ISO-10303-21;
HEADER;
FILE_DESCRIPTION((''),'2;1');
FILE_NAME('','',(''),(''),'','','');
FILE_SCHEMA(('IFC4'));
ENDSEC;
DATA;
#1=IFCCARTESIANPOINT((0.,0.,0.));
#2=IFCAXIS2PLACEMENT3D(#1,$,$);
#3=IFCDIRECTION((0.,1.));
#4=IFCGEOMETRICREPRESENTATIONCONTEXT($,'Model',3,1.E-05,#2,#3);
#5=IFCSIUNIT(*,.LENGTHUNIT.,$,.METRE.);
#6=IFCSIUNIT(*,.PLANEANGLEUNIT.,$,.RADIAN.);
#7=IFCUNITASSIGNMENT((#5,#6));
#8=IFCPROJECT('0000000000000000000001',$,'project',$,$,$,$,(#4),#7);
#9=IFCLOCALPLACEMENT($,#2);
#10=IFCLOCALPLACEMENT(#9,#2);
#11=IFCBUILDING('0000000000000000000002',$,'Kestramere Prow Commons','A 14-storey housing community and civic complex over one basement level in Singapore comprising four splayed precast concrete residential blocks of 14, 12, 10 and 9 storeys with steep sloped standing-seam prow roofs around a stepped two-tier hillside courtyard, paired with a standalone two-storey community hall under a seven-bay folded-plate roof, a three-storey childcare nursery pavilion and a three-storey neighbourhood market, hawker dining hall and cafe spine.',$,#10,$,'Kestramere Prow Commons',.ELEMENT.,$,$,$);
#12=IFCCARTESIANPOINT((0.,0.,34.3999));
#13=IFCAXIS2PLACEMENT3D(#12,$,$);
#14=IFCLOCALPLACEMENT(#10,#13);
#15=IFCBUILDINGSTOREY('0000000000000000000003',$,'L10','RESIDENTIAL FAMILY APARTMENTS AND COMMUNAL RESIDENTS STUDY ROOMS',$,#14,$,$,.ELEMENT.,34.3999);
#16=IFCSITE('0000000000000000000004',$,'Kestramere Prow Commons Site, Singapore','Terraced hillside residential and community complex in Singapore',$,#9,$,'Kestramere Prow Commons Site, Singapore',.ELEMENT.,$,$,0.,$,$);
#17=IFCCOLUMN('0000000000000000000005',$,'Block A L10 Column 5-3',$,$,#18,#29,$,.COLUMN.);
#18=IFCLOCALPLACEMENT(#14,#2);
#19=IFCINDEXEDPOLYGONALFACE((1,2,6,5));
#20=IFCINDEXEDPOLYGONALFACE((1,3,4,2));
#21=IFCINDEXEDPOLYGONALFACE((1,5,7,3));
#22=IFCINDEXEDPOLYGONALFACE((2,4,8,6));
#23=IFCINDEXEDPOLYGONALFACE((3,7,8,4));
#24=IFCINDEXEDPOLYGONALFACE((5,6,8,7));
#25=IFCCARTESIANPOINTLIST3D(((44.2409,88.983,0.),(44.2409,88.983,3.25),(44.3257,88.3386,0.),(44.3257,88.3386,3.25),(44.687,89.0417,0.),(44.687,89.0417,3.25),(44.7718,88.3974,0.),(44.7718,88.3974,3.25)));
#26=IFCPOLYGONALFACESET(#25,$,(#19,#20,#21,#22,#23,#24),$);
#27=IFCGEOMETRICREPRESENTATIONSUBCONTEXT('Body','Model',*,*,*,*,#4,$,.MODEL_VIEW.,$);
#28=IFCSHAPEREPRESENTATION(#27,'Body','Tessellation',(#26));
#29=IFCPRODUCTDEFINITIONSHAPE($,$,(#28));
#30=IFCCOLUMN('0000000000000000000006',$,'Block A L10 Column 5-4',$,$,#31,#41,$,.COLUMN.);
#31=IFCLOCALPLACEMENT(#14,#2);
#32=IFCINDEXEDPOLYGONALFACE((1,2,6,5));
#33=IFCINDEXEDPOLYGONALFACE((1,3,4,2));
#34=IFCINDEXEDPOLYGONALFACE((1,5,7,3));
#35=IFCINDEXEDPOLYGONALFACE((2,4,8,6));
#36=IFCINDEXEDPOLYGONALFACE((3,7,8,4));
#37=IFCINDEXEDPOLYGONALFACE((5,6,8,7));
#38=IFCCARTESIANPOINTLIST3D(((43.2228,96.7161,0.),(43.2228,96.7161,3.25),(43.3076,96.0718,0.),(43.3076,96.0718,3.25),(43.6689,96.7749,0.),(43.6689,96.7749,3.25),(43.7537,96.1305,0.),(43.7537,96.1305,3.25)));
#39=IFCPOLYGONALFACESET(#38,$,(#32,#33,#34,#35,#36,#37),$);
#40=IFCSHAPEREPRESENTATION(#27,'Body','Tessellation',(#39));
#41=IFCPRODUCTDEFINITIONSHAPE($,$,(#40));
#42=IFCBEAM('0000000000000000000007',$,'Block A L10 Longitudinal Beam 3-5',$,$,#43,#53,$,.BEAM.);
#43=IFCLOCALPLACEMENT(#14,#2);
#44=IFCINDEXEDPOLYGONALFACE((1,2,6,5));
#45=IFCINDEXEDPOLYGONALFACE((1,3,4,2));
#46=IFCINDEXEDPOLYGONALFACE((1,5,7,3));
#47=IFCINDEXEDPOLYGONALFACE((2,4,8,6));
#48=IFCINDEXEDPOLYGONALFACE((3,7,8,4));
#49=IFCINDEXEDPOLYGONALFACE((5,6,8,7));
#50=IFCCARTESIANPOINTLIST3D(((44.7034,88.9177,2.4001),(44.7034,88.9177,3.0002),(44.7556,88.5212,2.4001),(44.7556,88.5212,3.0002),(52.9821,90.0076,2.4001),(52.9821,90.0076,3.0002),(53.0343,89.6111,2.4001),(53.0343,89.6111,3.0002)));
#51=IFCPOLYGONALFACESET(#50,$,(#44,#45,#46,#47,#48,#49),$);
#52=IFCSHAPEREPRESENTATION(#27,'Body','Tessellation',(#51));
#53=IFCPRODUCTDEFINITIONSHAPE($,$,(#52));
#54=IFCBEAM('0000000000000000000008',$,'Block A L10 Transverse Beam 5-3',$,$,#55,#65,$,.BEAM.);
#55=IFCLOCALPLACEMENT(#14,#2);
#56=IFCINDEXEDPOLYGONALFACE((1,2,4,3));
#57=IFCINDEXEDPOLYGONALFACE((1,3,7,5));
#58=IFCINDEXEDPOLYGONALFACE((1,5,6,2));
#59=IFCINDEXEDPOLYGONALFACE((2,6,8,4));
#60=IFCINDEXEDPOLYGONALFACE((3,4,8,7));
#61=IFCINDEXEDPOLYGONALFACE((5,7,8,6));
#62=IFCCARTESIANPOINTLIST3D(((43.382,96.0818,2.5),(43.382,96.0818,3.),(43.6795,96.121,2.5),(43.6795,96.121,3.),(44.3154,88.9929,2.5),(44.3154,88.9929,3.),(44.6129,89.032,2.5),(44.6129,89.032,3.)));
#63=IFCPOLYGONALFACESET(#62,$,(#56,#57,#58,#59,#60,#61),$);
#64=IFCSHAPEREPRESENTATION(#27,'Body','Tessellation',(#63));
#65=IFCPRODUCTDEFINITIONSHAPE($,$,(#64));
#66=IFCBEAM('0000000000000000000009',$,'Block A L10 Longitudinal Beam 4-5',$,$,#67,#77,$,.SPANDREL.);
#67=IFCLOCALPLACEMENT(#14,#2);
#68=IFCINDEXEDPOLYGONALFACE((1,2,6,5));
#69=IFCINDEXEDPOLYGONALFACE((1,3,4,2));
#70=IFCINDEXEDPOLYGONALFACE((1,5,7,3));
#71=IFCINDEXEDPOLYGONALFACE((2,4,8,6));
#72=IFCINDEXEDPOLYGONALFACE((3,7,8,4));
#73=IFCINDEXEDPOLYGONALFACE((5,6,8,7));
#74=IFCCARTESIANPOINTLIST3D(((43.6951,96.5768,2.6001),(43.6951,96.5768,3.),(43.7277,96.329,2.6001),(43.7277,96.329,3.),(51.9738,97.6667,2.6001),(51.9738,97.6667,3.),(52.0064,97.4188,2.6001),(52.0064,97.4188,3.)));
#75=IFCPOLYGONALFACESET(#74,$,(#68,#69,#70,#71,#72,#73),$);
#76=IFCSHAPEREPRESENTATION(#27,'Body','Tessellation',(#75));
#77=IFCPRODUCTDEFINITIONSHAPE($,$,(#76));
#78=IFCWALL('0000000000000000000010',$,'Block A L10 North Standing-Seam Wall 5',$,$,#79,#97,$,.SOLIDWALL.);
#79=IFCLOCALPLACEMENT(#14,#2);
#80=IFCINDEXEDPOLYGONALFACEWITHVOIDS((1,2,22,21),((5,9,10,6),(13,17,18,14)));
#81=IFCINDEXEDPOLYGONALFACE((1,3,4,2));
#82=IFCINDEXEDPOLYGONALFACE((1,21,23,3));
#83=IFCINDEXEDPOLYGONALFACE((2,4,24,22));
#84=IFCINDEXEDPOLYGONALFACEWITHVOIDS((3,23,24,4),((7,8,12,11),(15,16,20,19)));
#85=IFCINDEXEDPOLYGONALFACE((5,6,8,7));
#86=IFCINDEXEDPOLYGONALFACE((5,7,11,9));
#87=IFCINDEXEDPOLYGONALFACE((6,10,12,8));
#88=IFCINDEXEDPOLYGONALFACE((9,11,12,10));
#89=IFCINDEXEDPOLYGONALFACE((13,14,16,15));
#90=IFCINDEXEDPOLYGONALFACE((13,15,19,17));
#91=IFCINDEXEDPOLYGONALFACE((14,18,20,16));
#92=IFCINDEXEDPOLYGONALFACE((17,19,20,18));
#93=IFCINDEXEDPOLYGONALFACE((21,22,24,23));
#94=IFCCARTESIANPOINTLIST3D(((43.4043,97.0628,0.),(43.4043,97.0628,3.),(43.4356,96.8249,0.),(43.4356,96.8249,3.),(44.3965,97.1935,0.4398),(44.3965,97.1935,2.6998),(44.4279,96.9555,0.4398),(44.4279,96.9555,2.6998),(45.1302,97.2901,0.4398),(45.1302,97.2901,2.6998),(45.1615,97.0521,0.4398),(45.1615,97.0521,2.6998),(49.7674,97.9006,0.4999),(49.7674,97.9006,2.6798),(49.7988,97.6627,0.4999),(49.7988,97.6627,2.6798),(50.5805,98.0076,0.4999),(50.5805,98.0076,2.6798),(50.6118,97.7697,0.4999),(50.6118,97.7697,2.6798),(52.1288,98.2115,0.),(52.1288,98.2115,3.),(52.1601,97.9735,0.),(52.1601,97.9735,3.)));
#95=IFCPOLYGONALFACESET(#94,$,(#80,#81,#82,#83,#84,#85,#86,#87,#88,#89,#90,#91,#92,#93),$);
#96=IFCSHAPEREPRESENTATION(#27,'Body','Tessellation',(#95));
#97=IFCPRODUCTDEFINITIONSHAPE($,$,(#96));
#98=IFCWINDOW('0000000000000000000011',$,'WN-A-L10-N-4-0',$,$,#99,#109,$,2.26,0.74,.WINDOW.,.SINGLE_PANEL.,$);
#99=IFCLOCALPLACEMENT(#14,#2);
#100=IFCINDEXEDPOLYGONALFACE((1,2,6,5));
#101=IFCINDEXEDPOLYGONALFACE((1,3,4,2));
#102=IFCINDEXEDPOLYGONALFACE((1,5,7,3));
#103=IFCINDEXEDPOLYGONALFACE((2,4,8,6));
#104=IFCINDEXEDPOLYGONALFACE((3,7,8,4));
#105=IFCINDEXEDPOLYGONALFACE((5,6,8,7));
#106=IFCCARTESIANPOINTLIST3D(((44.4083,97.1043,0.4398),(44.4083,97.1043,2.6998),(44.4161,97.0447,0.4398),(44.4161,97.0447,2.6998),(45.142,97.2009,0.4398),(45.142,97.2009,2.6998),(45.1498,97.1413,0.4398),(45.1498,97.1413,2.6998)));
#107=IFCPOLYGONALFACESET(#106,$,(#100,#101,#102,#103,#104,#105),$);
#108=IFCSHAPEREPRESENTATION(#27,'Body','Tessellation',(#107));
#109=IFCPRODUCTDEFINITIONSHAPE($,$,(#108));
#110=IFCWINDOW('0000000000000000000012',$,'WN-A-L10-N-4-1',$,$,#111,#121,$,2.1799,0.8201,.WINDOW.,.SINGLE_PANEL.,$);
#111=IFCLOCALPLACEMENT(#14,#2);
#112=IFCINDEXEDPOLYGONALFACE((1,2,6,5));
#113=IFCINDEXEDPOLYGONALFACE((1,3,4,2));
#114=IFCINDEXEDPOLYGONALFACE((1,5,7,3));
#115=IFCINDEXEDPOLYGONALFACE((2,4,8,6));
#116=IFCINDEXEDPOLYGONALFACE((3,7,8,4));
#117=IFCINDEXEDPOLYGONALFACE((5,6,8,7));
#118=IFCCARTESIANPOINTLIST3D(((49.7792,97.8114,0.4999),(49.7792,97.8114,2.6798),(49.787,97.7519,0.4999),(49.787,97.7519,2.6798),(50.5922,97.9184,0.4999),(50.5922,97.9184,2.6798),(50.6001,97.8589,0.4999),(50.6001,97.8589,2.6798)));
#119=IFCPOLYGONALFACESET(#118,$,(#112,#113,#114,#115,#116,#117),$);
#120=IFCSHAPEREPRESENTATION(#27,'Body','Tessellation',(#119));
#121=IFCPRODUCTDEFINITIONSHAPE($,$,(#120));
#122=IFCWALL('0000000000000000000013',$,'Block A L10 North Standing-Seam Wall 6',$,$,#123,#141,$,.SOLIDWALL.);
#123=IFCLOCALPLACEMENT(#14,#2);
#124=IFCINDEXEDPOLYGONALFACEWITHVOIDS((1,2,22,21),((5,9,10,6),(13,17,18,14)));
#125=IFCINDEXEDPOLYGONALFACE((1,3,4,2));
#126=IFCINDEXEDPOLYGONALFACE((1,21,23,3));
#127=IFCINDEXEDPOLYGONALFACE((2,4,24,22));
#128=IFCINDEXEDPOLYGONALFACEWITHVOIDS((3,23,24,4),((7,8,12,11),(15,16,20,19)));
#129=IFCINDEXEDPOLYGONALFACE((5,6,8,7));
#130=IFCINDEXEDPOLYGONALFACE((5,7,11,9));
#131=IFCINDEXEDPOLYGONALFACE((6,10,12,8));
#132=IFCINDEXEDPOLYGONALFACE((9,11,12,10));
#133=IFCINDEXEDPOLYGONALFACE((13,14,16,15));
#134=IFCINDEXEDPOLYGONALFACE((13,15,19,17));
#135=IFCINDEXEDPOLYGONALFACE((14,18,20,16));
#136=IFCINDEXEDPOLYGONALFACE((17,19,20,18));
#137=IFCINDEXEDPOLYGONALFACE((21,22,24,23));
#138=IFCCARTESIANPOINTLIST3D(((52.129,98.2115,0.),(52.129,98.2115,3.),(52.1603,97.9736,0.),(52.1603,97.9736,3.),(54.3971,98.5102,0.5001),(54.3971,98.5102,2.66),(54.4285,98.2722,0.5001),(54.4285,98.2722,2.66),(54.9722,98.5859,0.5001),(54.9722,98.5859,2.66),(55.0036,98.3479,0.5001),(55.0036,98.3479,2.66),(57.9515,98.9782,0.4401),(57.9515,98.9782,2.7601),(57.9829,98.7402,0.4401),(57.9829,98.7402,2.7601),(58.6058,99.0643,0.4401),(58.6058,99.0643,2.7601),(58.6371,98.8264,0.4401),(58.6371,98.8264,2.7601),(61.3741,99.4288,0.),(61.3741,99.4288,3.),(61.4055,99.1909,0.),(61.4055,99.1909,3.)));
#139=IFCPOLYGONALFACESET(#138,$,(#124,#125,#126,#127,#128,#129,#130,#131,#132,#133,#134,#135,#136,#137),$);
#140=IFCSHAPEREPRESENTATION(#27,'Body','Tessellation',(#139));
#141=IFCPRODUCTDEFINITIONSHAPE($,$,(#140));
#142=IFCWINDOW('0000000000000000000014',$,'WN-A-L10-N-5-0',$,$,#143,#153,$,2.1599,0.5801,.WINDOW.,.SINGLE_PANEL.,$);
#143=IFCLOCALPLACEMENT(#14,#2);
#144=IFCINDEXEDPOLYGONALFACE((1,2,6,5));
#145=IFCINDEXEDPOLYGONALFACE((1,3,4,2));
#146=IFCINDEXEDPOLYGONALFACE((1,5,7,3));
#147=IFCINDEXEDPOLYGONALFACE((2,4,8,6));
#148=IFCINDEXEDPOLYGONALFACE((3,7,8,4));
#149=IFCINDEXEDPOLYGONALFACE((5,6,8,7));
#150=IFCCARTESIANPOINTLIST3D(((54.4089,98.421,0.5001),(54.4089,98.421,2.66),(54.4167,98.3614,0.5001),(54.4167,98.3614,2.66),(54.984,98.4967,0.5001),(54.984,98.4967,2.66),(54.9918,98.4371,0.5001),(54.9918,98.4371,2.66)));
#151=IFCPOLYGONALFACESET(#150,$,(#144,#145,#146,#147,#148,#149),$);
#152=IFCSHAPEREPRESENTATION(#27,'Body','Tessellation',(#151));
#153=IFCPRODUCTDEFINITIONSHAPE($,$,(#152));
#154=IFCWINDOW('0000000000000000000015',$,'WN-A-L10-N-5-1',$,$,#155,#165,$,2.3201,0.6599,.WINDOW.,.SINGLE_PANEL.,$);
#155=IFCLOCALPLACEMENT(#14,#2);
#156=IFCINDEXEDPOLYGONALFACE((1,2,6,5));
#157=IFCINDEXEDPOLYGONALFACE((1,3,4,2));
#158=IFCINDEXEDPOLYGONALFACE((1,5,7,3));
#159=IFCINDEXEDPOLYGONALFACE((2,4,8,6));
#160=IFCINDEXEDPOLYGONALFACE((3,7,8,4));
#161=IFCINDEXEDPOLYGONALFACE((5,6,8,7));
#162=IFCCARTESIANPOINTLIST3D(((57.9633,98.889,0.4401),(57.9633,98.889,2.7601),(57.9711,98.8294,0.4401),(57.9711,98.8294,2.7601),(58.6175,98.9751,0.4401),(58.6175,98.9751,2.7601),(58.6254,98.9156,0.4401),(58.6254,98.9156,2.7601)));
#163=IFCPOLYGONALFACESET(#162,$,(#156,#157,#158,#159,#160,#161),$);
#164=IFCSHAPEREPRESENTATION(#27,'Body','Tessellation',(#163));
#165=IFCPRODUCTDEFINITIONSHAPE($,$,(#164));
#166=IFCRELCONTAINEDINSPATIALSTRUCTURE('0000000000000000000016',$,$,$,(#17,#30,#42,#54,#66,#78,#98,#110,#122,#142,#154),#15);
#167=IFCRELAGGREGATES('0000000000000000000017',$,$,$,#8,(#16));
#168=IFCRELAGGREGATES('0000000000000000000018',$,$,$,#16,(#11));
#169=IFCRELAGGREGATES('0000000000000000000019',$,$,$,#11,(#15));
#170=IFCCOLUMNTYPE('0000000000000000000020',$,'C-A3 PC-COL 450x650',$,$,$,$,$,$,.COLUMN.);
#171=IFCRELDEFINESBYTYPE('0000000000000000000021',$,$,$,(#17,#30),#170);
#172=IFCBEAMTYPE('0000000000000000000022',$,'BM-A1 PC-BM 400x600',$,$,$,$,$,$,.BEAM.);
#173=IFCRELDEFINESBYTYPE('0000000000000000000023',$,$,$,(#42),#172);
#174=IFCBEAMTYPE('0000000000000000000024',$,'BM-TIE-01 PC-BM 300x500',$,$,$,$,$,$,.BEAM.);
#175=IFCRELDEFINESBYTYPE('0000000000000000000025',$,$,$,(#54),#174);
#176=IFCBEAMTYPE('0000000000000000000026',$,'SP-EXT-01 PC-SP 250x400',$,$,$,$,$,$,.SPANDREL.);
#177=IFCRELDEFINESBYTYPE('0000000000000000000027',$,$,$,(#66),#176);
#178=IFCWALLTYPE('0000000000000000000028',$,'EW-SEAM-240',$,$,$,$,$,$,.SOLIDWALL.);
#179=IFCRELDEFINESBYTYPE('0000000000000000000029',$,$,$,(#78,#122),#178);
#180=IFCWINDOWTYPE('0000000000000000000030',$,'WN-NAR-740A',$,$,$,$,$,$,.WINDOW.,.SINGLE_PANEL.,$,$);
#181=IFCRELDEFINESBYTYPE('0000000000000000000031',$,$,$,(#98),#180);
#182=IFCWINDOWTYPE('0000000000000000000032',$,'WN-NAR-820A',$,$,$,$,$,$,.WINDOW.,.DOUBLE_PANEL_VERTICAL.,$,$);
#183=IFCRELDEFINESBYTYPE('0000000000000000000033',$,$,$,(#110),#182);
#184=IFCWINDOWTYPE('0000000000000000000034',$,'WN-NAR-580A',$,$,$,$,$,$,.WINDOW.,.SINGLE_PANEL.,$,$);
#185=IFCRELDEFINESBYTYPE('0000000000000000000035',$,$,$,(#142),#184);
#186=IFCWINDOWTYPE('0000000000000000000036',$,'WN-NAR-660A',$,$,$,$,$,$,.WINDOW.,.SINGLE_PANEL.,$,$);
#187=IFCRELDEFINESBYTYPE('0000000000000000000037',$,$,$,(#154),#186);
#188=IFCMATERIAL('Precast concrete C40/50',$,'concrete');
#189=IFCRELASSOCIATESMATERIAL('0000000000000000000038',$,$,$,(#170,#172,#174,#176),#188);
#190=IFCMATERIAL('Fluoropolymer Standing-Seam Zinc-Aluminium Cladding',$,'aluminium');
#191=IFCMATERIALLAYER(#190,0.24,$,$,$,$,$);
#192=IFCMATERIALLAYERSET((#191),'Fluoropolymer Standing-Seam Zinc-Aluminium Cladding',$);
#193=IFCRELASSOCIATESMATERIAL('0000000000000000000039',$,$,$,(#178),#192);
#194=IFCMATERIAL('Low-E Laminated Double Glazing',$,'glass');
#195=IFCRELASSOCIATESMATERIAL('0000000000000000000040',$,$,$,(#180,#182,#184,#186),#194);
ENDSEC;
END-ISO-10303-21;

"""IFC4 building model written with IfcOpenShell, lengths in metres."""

from ifc_helpers import new_model, si_unit, direction, frame, frame_2d, origin, origin_2d, place, context, subcontext, project, spatial, rectangle, extrude, material, layer, layer_set, material_profile, profile_set, type_object, element, fill, save


model = new_model("IFC4")

# Units and contexts
model_context = context("Model", 3, precision=1e-05, world=origin(), true_north=direction((0.0, 1.0)))
body_context = subcontext(model_context, "Body", "Model", "MODEL_VIEW")
ifc_project = project(units=[si_unit("LENGTHUNIT", "METRE"), si_unit("PLANEANGLEUNIT", "RADIAN")], contexts=[model_context])

# Site, building, storey
site_placement = place(None, origin())
site = spatial("IfcSite", under=ifc_project, at=site_placement, Name="Kestramere Prow Commons Site, Singapore", Description="Terraced hillside residential and community complex in Singapore", LongName="Kestramere Prow Commons Site, Singapore", CompositionType="ELEMENT", RefElevation=0.0)
building_placement = place(site_placement, origin())
building = spatial("IfcBuilding", under=site, at=building_placement, Name="Kestramere Prow Commons", Description="A 14-storey housing community and civic complex over one basement level in Singapore comprising four splayed precast concrete residential blocks of 14, 12, 10 and 9 storeys with steep sloped standing-seam prow roofs around a stepped two-tier hillside courtyard, paired with a standalone two-storey community hall under a seven-bay folded-plate roof, a three-storey childcare nursery pavilion and a three-storey neighbourhood market, hawker dining hall and cafe spine.", LongName="Kestramere Prow Commons", CompositionType="ELEMENT")
storey_placement = place(building_placement, frame((0.0, 0.0, 34.3999)))
storey = spatial("IfcBuildingStorey", under=building, at=storey_placement, Name="L10", Description="RESIDENTIAL FAMILY APARTMENTS AND COMMUNAL RESIDENTS STUDY ROOMS", CompositionType="ELEMENT", Elevation=34.3999)

# Columns
ifc_material_1 = material(Name="Precast concrete C40/50", Category="concrete")
ifc_material_profile_1 = material_profile(ifc_material_1, rectangle(XDim=0.45, YDim=0.6499, at=origin_2d()), Name="PC-COL 450x650")
ifc_profile_set_1 = profile_set([ifc_material_profile_1], Name="Precast concrete C40/50")
column_type = type_object("IfcColumnType", Name="C-A3 PC-COL 450x650", PredefinedType="COLUMN", material=ifc_profile_set_1)
for number, where, z_axis, x_axis, name in (
    (1, (44.5063, 88.6902, 0.0), (0.0, 0.0, 1.0), (0.991445, 0.130526, 0.0), "Block A L10 Column 5-3"),
    (2, (43.4883, 96.4233, 0.0), (0.0, 0.0, 1.0), (0.991445, 0.130526, 0.0), "Block A L10 Column 5-4"),
):
    element("IfcColumn", number, at=place(storey_placement, frame(where, z_axis=z_axis, x_axis=x_axis)), inside=storey, type_object=column_type, Name=name, PredefinedType="COLUMN", context=body_context, shape_type="SweptSolid", body=[
        extrude(rectangle(XDim=0.45, YDim=0.6499, at=origin_2d()), origin(), (0.0, 0.0, 1.0), 3.25),
    ])

# Beams
ifc_material_profile_2 = material_profile(ifc_material_1, rectangle(XDim=0.3999, YDim=0.6001, at=origin_2d()), Name="PC-BM 400x600")
ifc_profile_set_2 = profile_set([ifc_material_profile_2], Name="Precast concrete C40/50")
beam_type_1 = type_object("IfcBeamType", Name="BM-A1 PC-BM 400x600", PredefinedType="BEAM", material=ifc_profile_set_2)
beam_1_placement = place(storey_placement, frame((44.7295, 88.7195, 2.7002), z_axis=(0.991446, 0.13052, 0.0), x_axis=(-0.13052, 0.991446, 0.0)))
element("IfcBeam", 3, at=beam_1_placement, inside=storey, type_object=beam_type_1, Name="Block A L10 Longitudinal Beam 3-5", PredefinedType="BEAM", context=body_context, shape_type="SweptSolid", body=[
    extrude(rectangle(XDim=0.3999, YDim=0.6001, at=origin_2d()), origin(), (0.0, 0.0, 1.0), 8.3501),
])
ifc_material_profile_3 = material_profile(ifc_material_1, rectangle(XDim=0.3, YDim=0.5, at=origin_2d()), Name="PC-BM 300x500")
ifc_profile_set_3 = profile_set([ifc_material_profile_3], Name="Precast concrete C40/50")
beam_type_2 = type_object("IfcBeamType", Name="BM-TIE-01 PC-BM 300x500", PredefinedType="BEAM", material=ifc_profile_set_3)
beam_2_placement = place(storey_placement, frame((44.4641, 89.0125, 2.75), z_axis=(-0.130538, 0.991443, 0.0), x_axis=(-0.991443, -0.130538, 0.0)))
element("IfcBeam", 4, at=beam_2_placement, inside=storey, type_object=beam_type_2, Name="Block A L10 Transverse Beam 5-3", PredefinedType="BEAM", context=body_context, shape_type="SweptSolid", body=[
    extrude(rectangle(XDim=0.3, YDim=0.5, at=origin_2d()), origin(), (0.0, 0.0, 1.0), 7.1501),
])
ifc_material_profile_4 = material_profile(ifc_material_1, rectangle(XDim=0.25, YDim=0.3999, at=origin_2d()), Name="PC-SP 250x400")
ifc_profile_set_4 = profile_set([ifc_material_profile_4], Name="Precast concrete C40/50")
beam_type_3 = type_object("IfcBeamType", Name="SP-EXT-01 PC-SP 250x400", PredefinedType="SPANDREL", material=ifc_profile_set_4)
beam_3_placement = place(storey_placement, frame((43.7114, 96.4529, 2.8), z_axis=(0.991446, 0.13052, 0.0), x_axis=(-0.13052, 0.991446, 0.0)))
element("IfcBeam", 5, at=beam_3_placement, inside=storey, type_object=beam_type_3, Name="Block A L10 Longitudinal Beam 4-5", PredefinedType="SPANDREL", context=body_context, shape_type="SweptSolid", body=[
    extrude(rectangle(XDim=0.25, YDim=0.3999, at=origin_2d()), origin(), (0.0, 0.0, 1.0), 8.3501),
])

# Walls, openings, windows
ifc_material_2 = material(Name="Fluoropolymer Standing-Seam Zinc-Aluminium Cladding", Category="aluminium")
ifc_layer_1 = layer(ifc_material_2, 0.24)
ifc_layer_set_1 = layer_set([ifc_layer_1], Name="Fluoropolymer Standing-Seam Zinc-Aluminium Cladding")
wall_type_1 = type_object("IfcWallType", Name="EW-SEAM-240", PredefinedType="SOLIDWALL", material=ifc_layer_set_1)
wall_1_placement = place(storey_placement, frame((43.4199, 96.9438, 0.0), z_axis=(0.0, 0.0, 1.0), x_axis=(0.991444, 0.130533, 0.0)))
wall_1 = element("IfcWall", 6, at=wall_1_placement, inside=storey, type_object=wall_type_1, Name="Block A L10 North Standing-Seam Wall 5", PredefinedType="SOLIDWALL", context=body_context, shape_type="SweptSolid", body=[
    extrude(rectangle(XDim=8.7998, YDim=0.24, at=frame_2d((4.3999, 0.0))), origin(), (0.0, 0.0, 1.0), 3.0),
])
opening_1_placement = place(wall_1_placement, frame((1.0007, 0.0, 0.4399)))
opening_1 = element("IfcOpeningElement", 7, at=opening_1_placement, cuts=wall_1, PredefinedType="OPENING", context=body_context, shape_type="SweptSolid", body=[
    extrude(rectangle(XDim=0.74, YDim=2.26, at=frame_2d((0.3701, 1.1299))), frame((0.0, 0.135, 0.0), z_axis=(0.0, -1.0, 0.0), x_axis=(1.0, 0.0, 0.0)), (0.0, 0.0, 1.0), 0.27),
])
opening_2_placement = place(wall_1_placement, frame((6.418, 0.0, 0.5)))
opening_2 = element("IfcOpeningElement", 8, at=opening_2_placement, cuts=wall_1, PredefinedType="OPENING", context=body_context, shape_type="SweptSolid", body=[
    extrude(rectangle(XDim=0.8201, YDim=2.1799, at=frame_2d((0.4102, 1.0898))), frame((0.0, 0.135, 0.0), z_axis=(0.0, -1.0, 0.0), x_axis=(1.0, 0.0, 0.0)), (0.0, 0.0, 1.0), 0.27),
])
ifc_material_3 = material(Name="Low-E Laminated Double Glazing", Category="glass")
window_type_1 = type_object("IfcWindowType", Name="WN-NAR-740A", PartitioningType="SINGLE_PANEL", PredefinedType="WINDOW", material=ifc_material_3)
window_1_placement = place(opening_1_placement, origin())
window_1 = element("IfcWindow", 9, at=window_1_placement, inside=storey, type_object=window_type_1, Name="WN-A-L10-N-4-0", OverallHeight=2.26, OverallWidth=0.74, PartitioningType="SINGLE_PANEL", PredefinedType="WINDOW", context=body_context, shape_type="SweptSolid", body=[
    extrude(rectangle(XDim=0.74, YDim=2.26, at=frame_2d((0.3701, 1.1299))), frame((0.0, 0.03, 0.0), z_axis=(0.0, -1.0, 0.0), x_axis=(1.0, 0.0, 0.0)), (0.0, 0.0, 1.0), 0.0601),
])
fill(opening_1, window_1)
window_type_2 = type_object("IfcWindowType", Name="WN-NAR-820A", PartitioningType="DOUBLE_PANEL_VERTICAL", PredefinedType="WINDOW", material=ifc_material_3)
window_2_placement = place(opening_2_placement, origin())
window_2 = element("IfcWindow", 10, at=window_2_placement, inside=storey, type_object=window_type_2, Name="WN-A-L10-N-4-1", OverallHeight=2.1799, OverallWidth=0.8201, PartitioningType="SINGLE_PANEL", PredefinedType="WINDOW", context=body_context, shape_type="SweptSolid", body=[
    extrude(rectangle(XDim=0.8201, YDim=2.1799, at=frame_2d((0.4102, 1.0898))), frame((0.0, 0.03, 0.0), z_axis=(0.0, -1.0, 0.0), x_axis=(1.0, 0.0, 0.0)), (0.0, 0.0, 1.0), 0.0601),
])
fill(opening_2, window_2)
wall_2_placement = place(storey_placement, frame((52.1445, 98.0925, 0.0), z_axis=(0.0, 0.0, 1.0), x_axis=(0.991443, 0.130541, 0.0)))
wall_2 = element("IfcWall", 11, at=wall_2_placement, inside=storey, type_object=wall_type_1, Name="Block A L10 North Standing-Seam Wall 6", PredefinedType="SOLIDWALL", context=body_context, shape_type="SweptSolid", body=[
    extrude(rectangle(XDim=9.325, YDim=0.24, at=frame_2d((4.6626, 0.0))), origin(), (0.0, 0.0, 1.0), 3.0),
])
opening_3_placement = place(wall_2_placement, frame((2.2878, 0.0, 0.5)))
opening_3 = element("IfcOpeningElement", 12, at=opening_3_placement, cuts=wall_2, PredefinedType="OPENING", context=body_context, shape_type="SweptSolid", body=[
    extrude(rectangle(XDim=0.5801, YDim=2.1599, at=frame_2d((0.29, 1.0801))), frame((0.0, 0.135, 0.0), z_axis=(0.0, -1.0, 0.0), x_axis=(1.0, 0.0, 0.0)), (0.0, 0.0, 1.0), 0.27),
])
opening_4_placement = place(wall_2_placement, frame((5.8728, 0.0, 0.4399)))
opening_4 = element("IfcOpeningElement", 13, at=opening_4_placement, cuts=wall_2, PredefinedType="OPENING", context=body_context, shape_type="SweptSolid", body=[
    extrude(rectangle(XDim=0.6599, YDim=2.3201, at=frame_2d((0.3301, 1.1602))), frame((0.0, 0.135, 0.0), z_axis=(0.0, -1.0, 0.0), x_axis=(1.0, 0.0, 0.0)), (0.0, 0.0, 1.0), 0.27),
])
window_type_3 = type_object("IfcWindowType", Name="WN-NAR-580A", PartitioningType="SINGLE_PANEL", PredefinedType="WINDOW", material=ifc_material_3)
window_3_placement = place(opening_3_placement, origin())
window_3 = element("IfcWindow", 14, at=window_3_placement, inside=storey, type_object=window_type_3, Name="WN-A-L10-N-5-0", OverallHeight=2.1599, OverallWidth=0.5801, PartitioningType="SINGLE_PANEL", PredefinedType="WINDOW", context=body_context, shape_type="SweptSolid", body=[
    extrude(rectangle(XDim=0.5801, YDim=2.1599, at=frame_2d((0.29, 1.0801))), frame((0.0, 0.03, 0.0), z_axis=(0.0, -1.0, 0.0), x_axis=(1.0, 0.0, 0.0)), (0.0, 0.0, 1.0), 0.0601),
])
fill(opening_3, window_3)
window_type_4 = type_object("IfcWindowType", Name="WN-NAR-660A", PartitioningType="SINGLE_PANEL", PredefinedType="WINDOW", material=ifc_material_3)
window_4_placement = place(opening_4_placement, origin())
window_4 = element("IfcWindow", 15, at=window_4_placement, inside=storey, type_object=window_type_4, Name="WN-A-L10-N-5-1", OverallHeight=2.3201, OverallWidth=0.6599, PartitioningType="SINGLE_PANEL", PredefinedType="WINDOW", context=body_context, shape_type="SweptSolid", body=[
    extrude(rectangle(XDim=0.6599, YDim=2.3201, at=frame_2d((0.3301, 1.1602))), frame((0.0, 0.03, 0.0), z_axis=(0.0, -1.0, 0.0), x_axis=(1.0, 0.0, 0.0)), (0.0, 0.0, 1.0), 0.0601),
])
fill(opening_4, window_4)

save(model, "model.ifc")
